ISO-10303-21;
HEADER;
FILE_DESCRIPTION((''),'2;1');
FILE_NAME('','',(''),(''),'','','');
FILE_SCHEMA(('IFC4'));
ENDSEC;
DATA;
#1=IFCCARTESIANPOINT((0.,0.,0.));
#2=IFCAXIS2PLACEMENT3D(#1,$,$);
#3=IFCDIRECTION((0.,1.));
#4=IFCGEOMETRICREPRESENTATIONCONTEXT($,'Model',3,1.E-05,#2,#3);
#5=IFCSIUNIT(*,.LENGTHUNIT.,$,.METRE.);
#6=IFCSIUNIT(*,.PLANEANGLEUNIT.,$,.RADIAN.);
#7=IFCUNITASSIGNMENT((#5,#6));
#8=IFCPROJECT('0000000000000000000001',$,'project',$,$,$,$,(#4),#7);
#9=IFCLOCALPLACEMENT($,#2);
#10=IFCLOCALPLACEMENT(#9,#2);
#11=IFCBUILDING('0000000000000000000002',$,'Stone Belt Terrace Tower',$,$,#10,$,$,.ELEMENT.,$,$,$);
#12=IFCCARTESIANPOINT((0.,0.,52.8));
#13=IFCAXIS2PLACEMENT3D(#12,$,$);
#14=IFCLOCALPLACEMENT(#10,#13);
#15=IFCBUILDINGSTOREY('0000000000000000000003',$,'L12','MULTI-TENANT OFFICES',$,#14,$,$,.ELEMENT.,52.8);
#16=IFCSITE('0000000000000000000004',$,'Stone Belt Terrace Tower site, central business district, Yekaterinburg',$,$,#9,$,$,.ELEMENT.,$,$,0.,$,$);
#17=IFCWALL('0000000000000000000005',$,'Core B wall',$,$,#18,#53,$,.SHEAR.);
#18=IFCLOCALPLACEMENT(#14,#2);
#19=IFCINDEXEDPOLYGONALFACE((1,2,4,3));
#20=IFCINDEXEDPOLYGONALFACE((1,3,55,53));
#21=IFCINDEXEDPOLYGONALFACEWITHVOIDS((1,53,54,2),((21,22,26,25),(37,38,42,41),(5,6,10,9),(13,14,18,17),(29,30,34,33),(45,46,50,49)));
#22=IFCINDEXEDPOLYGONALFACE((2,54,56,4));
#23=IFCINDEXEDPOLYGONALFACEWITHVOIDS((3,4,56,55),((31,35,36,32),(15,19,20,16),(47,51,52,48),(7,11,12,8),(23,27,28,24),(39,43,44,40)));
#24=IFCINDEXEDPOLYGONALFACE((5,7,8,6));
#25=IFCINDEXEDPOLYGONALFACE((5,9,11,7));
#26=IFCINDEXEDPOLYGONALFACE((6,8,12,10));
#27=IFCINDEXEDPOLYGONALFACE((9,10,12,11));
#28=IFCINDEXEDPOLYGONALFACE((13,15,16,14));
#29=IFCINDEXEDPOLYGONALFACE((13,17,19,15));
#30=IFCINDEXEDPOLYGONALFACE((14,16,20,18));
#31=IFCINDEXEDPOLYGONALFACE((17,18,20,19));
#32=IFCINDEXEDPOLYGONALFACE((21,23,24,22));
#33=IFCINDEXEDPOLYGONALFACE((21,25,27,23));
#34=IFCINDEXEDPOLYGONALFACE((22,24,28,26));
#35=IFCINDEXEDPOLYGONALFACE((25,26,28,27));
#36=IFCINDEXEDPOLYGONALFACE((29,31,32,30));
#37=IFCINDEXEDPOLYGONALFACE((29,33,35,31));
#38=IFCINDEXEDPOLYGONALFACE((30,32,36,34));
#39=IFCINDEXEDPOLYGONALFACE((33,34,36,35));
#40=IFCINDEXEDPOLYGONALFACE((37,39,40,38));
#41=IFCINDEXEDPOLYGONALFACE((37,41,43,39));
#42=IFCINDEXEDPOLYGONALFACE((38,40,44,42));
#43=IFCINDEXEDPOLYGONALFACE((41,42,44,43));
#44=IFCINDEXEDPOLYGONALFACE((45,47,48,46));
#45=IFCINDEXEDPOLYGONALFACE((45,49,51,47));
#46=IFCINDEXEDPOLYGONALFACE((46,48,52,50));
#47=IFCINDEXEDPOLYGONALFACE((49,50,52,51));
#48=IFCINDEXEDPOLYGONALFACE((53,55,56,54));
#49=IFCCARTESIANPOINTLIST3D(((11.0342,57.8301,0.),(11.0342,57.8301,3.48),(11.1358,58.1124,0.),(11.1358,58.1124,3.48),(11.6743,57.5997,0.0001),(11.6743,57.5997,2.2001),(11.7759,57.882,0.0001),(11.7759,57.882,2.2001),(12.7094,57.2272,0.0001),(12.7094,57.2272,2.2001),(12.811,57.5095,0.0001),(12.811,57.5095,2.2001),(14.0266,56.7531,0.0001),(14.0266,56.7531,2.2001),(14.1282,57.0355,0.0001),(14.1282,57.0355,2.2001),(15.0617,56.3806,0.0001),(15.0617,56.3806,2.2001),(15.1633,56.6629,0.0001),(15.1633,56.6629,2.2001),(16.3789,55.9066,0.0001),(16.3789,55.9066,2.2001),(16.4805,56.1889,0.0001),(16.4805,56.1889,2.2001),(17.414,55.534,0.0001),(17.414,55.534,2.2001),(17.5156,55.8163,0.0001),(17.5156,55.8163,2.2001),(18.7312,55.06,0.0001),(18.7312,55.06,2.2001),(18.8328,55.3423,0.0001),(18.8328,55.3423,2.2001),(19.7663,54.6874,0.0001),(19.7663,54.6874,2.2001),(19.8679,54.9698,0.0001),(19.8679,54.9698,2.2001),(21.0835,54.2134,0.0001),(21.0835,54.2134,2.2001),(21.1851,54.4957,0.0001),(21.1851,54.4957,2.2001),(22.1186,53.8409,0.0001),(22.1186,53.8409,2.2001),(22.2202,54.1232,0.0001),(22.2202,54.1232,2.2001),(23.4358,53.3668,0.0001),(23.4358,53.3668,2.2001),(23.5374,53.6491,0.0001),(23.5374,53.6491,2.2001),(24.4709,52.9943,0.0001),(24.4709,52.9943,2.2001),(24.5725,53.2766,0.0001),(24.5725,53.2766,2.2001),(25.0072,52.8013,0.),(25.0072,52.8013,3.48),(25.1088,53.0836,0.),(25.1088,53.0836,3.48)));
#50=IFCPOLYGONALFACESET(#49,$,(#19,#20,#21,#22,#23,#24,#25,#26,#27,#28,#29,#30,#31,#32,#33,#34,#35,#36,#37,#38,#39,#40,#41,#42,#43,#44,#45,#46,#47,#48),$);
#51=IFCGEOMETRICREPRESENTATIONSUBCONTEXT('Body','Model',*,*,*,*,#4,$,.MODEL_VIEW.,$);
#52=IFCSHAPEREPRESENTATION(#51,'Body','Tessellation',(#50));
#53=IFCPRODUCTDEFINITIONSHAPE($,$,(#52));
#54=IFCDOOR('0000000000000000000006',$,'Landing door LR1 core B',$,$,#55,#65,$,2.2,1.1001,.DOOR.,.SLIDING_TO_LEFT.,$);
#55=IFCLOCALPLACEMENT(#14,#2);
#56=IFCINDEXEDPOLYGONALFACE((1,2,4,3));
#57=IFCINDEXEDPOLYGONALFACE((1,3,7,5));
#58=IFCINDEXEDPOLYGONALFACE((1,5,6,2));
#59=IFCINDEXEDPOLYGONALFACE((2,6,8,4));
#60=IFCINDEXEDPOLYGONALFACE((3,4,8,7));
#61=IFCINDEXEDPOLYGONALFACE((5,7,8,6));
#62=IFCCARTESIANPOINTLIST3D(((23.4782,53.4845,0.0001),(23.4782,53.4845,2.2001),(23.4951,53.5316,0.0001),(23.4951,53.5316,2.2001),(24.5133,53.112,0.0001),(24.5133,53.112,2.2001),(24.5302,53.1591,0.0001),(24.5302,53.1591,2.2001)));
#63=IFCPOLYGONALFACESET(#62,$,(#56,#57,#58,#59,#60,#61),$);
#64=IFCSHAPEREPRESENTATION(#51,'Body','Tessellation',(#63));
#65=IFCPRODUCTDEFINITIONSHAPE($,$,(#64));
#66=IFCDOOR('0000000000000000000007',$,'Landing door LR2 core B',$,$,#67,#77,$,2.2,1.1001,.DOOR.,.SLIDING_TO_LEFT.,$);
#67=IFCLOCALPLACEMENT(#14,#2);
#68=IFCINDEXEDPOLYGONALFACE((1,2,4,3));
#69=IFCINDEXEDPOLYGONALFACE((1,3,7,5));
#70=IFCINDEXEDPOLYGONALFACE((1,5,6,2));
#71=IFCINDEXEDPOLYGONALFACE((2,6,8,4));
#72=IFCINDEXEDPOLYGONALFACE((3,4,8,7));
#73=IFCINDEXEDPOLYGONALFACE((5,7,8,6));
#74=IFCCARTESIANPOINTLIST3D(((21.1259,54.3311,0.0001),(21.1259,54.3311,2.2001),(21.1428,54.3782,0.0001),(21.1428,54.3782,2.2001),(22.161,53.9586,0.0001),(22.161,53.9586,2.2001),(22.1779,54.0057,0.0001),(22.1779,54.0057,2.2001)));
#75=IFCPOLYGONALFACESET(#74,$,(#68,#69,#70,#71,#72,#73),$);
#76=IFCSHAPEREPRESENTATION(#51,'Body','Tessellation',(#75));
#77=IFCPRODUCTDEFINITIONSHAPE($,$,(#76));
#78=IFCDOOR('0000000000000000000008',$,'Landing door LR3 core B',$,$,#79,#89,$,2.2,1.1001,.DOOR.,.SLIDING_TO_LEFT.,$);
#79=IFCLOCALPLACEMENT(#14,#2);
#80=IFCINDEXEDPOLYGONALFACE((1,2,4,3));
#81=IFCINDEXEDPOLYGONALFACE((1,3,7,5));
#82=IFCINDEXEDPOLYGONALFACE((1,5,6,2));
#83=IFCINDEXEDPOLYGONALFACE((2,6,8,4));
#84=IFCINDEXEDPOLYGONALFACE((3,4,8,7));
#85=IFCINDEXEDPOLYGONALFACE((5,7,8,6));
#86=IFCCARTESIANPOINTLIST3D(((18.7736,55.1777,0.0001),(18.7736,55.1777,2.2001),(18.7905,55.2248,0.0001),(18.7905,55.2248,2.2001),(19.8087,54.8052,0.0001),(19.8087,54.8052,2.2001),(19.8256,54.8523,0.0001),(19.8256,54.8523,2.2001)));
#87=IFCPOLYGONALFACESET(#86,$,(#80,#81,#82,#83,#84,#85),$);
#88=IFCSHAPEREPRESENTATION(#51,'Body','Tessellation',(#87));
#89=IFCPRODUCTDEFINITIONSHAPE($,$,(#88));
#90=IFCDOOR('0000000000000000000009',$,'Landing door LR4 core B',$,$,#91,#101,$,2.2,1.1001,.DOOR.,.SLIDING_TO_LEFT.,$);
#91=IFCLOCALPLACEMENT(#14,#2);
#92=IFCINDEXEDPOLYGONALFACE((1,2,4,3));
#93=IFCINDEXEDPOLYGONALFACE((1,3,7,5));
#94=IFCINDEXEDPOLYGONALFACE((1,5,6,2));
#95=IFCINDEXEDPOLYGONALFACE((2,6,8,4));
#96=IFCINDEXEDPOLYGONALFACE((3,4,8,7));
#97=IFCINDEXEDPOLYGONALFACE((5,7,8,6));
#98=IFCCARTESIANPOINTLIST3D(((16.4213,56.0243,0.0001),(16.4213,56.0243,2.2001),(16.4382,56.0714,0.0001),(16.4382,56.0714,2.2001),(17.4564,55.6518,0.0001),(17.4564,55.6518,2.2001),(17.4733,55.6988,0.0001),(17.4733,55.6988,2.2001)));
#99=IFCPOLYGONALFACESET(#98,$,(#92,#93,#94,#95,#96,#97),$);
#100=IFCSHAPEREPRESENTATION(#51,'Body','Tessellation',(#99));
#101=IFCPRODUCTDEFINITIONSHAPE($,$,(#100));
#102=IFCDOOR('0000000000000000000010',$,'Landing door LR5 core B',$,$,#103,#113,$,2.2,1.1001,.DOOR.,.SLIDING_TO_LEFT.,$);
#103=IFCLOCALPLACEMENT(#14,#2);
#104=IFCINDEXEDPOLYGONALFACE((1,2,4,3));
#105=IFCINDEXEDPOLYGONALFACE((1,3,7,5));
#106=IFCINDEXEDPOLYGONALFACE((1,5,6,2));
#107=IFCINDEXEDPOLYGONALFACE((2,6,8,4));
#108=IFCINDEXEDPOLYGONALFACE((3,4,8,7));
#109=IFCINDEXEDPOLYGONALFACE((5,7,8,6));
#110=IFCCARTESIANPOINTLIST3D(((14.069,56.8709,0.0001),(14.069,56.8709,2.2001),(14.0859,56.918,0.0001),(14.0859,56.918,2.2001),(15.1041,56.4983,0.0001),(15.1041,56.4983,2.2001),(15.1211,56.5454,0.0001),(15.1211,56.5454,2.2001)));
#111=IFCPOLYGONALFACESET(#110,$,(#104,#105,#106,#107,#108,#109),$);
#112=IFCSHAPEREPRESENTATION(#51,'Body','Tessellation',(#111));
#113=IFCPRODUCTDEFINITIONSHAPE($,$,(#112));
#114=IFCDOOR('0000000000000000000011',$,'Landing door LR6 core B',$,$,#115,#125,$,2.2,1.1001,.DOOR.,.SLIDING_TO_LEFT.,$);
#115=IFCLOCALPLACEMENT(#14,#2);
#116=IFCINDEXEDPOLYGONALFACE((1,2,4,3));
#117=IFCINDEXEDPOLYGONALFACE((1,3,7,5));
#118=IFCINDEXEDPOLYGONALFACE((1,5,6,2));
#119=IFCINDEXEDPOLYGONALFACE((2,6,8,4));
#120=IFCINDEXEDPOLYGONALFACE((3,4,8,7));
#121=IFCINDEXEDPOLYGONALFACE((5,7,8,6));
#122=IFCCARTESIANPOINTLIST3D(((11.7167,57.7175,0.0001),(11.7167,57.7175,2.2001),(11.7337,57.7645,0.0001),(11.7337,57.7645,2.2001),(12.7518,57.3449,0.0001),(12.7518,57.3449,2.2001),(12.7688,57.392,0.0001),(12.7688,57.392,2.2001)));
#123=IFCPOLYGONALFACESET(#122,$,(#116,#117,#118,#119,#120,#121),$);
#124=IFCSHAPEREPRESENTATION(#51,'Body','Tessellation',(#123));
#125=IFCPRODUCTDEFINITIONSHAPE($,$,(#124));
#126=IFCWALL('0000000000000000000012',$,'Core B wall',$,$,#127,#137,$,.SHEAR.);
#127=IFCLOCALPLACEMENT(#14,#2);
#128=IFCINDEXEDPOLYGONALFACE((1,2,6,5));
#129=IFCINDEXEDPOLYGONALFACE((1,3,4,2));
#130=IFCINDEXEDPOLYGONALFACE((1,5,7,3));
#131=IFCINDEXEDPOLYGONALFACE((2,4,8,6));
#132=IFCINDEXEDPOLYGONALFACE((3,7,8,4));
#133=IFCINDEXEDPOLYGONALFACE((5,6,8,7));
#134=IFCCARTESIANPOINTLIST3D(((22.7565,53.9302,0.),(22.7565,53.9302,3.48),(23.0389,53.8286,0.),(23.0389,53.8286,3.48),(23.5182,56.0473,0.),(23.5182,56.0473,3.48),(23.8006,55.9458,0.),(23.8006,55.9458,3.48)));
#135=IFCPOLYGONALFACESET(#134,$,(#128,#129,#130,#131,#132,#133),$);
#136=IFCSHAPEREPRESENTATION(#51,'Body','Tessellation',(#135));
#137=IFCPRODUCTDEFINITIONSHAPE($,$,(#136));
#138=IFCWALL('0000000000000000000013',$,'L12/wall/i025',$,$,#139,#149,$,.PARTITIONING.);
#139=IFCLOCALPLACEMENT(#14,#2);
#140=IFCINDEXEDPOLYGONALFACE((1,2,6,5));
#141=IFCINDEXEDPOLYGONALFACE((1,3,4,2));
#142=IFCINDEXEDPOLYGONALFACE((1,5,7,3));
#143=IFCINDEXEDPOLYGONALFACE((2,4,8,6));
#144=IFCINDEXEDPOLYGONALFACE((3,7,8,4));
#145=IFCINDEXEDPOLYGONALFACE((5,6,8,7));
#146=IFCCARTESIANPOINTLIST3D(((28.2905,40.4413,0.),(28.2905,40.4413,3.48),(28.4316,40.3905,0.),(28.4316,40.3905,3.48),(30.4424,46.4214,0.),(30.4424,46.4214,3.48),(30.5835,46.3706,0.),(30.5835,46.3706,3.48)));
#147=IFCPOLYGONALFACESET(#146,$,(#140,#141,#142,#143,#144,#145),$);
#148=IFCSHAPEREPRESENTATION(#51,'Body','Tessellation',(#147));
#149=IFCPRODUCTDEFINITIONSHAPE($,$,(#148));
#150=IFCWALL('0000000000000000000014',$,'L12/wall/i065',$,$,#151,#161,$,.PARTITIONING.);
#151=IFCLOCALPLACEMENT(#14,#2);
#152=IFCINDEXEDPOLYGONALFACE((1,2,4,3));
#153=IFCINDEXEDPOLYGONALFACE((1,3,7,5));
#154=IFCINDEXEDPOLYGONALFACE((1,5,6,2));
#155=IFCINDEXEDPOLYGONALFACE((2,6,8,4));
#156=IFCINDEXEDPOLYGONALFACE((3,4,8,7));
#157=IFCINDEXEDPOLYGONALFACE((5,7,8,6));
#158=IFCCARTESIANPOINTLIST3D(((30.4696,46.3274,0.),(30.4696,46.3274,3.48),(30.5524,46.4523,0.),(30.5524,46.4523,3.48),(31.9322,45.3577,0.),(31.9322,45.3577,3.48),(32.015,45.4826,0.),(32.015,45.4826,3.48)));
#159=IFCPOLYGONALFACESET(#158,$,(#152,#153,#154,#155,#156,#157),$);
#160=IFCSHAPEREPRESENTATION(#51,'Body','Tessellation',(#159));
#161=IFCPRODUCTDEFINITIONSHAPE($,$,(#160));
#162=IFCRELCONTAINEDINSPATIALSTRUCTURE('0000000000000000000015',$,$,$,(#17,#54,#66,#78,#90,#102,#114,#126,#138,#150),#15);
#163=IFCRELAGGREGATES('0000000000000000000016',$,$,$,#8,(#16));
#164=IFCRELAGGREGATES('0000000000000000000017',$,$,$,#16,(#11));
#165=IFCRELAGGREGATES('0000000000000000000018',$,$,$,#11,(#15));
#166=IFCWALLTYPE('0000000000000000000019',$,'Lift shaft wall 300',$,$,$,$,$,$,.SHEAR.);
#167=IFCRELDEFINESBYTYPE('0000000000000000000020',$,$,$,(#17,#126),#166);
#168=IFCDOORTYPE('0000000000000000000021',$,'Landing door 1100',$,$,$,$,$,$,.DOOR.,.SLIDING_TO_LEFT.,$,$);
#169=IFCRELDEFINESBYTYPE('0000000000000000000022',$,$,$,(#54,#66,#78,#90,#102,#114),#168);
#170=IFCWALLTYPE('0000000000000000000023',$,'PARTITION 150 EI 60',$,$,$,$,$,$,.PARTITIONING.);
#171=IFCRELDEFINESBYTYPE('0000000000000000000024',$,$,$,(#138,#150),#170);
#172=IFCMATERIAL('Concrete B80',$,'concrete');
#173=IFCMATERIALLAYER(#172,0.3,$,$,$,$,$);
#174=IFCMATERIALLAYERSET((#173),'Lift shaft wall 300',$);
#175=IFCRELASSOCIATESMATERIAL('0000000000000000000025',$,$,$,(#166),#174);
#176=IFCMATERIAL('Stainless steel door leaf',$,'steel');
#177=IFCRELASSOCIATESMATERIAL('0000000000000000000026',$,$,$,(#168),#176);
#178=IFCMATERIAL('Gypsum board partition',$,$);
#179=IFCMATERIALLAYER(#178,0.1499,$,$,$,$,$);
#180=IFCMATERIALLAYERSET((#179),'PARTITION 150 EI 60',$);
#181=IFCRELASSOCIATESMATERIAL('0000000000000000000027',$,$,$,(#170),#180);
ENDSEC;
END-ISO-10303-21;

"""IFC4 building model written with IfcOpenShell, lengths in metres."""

from ifc_helpers import new_model, si_unit, direction, frame, frame_2d, origin, place, context, subcontext, project, spatial, rectangle, extrude, material, layer, layer_set, type_object, element, fill, save


model = new_model("IFC4")

# Units and contexts
model_context = context("Model", 3, precision=1e-05, world=origin(), true_north=direction((0.0, 1.0)))
body_context = subcontext(model_context, "Body", "Model", "MODEL_VIEW")
ifc_project = project(units=[si_unit("LENGTHUNIT", "METRE"), si_unit("PLANEANGLEUNIT", "RADIAN")], contexts=[model_context])

# Site, building, storey
site_placement = place(None, origin())
site = spatial("IfcSite", under=ifc_project, at=site_placement, Name="Stone Belt Terrace Tower site, central business district, Yekaterinburg", CompositionType="ELEMENT", RefElevation=0.0)
building_placement = place(site_placement, origin())
building = spatial("IfcBuilding", under=site, at=building_placement, Name="Stone Belt Terrace Tower", CompositionType="ELEMENT")
storey_placement = place(building_placement, frame((0.0, 0.0, 52.8)))
storey = spatial("IfcBuildingStorey", under=building, at=storey_placement, Name="L12", Description="MULTI-TENANT OFFICES", CompositionType="ELEMENT", Elevation=52.8)

# Shared definitions
ifc_material_1 = material(Name="Concrete B80", Category="concrete")

# Shared definitions
ifc_layer_1 = layer(ifc_material_1, 0.3)
ifc_layer_set_1 = layer_set([ifc_layer_1], Name="Lift shaft wall 300")
wall_type_1 = type_object("IfcWallType", Name="Lift shaft wall 300", PredefinedType="SHEAR", material=ifc_layer_set_1)
ifc_material_2 = material(Name="Stainless steel door leaf", Category="steel")

# Wall, openings, doors
wall_1_placement = place(storey_placement, frame((25.0581, 52.9424, 0.0), z_axis=(0.0, 0.0, 1.0), x_axis=(-0.940918, 0.338634, 0.0)))
wall_1 = element("IfcWall", 1, at=wall_1_placement, inside=storey, type_object=wall_type_1, Name="Core B wall", PredefinedType="SHEAR", context=body_context, shape_type="SweptSolid", body=[
    extrude(rectangle(XDim=14.8503, YDim=0.3, at=frame_2d((7.4253, 0.0))), origin(), (0.0, 0.0, 1.0), 3.48),
])
opening_1_placement = place(wall_1_placement, frame((0.5701, 0.0, 0.0)))
opening_1 = element("IfcOpeningElement", 2, at=opening_1_placement, cuts=wall_1, PredefinedType="OPENING", context=body_context, shape_type="SweptSolid", body=[
    extrude(rectangle(XDim=1.1001, YDim=2.2, at=frame_2d((0.55, 1.1001))), frame((0.0, 0.1599, 0.0), z_axis=(0.0, -1.0, 0.0), x_axis=(1.0, 0.0, 0.0)), (0.0, 0.0, 1.0), 0.3201),
])
opening_2_placement = place(wall_1_placement, frame((3.0701, 0.0, 0.0)))
opening_2 = element("IfcOpeningElement", 3, at=opening_2_placement, cuts=wall_1, PredefinedType="OPENING", context=body_context, shape_type="SweptSolid", body=[
    extrude(rectangle(XDim=1.1001, YDim=2.2, at=frame_2d((0.55, 1.1001))), frame((0.0, 0.1599, 0.0), z_axis=(0.0, -1.0, 0.0), x_axis=(1.0, 0.0, 0.0)), (0.0, 0.0, 1.0), 0.3201),
])
opening_3_placement = place(wall_1_placement, frame((5.5701, 0.0, 0.0)))
opening_3 = element("IfcOpeningElement", 4, at=opening_3_placement, cuts=wall_1, PredefinedType="OPENING", context=body_context, shape_type="SweptSolid", body=[
    extrude(rectangle(XDim=1.1001, YDim=2.2, at=frame_2d((0.55, 1.1001))), frame((0.0, 0.1599, 0.0), z_axis=(0.0, -1.0, 0.0), x_axis=(1.0, 0.0, 0.0)), (0.0, 0.0, 1.0), 0.3201),
])
opening_4_placement = place(wall_1_placement, frame((8.0701, 0.0, 0.0)))
opening_4 = element("IfcOpeningElement", 5, at=opening_4_placement, cuts=wall_1, PredefinedType="OPENING", context=body_context, shape_type="SweptSolid", body=[
    extrude(rectangle(XDim=1.1001, YDim=2.2, at=frame_2d((0.55, 1.1001))), frame((0.0, 0.1599, 0.0), z_axis=(0.0, -1.0, 0.0), x_axis=(1.0, 0.0, 0.0)), (0.0, 0.0, 1.0), 0.3201),
])
opening_5_placement = place(wall_1_placement, frame((10.5701, 0.0, 0.0)))
opening_5 = element("IfcOpeningElement", 6, at=opening_5_placement, cuts=wall_1, PredefinedType="OPENING", context=body_context, shape_type="SweptSolid", body=[
    extrude(rectangle(XDim=1.1001, YDim=2.2, at=frame_2d((0.55, 1.1001))), frame((0.0, 0.1599, 0.0), z_axis=(0.0, -1.0, 0.0), x_axis=(1.0, 0.0, 0.0)), (0.0, 0.0, 1.0), 0.3201),
])
opening_6_placement = place(wall_1_placement, frame((13.0701, 0.0, 0.0)))
opening_6 = element("IfcOpeningElement", 7, at=opening_6_placement, cuts=wall_1, PredefinedType="OPENING", context=body_context, shape_type="SweptSolid", body=[
    extrude(rectangle(XDim=1.1001, YDim=2.2, at=frame_2d((0.55, 1.1001))), frame((0.0, 0.1599, 0.0), z_axis=(0.0, -1.0, 0.0), x_axis=(1.0, 0.0, 0.0)), (0.0, 0.0, 1.0), 0.3201),
])
door_type_1 = type_object("IfcDoorType", Name="Landing door 1100", OperationType="SLIDING_TO_LEFT", PredefinedType="DOOR", material=ifc_material_2)
door_1_placement = place(opening_1_placement, origin())
door_1 = element("IfcDoor", 8, at=door_1_placement, inside=storey, type_object=door_type_1, Name="Landing door LR1 core B", OperationType="SLIDING_TO_LEFT", OverallHeight=2.2, OverallWidth=1.1001, PredefinedType="DOOR", context=body_context, shape_type="SweptSolid", body=[
    extrude(rectangle(XDim=1.1001, YDim=2.2, at=frame_2d((0.55, 1.1001))), frame((0.0, 0.0249, 0.0), z_axis=(0.0, -1.0, 0.0), x_axis=(1.0, 0.0, 0.0)), (0.0, 0.0, 1.0), 0.05),
])
fill(opening_1, door_1)
door_2_placement = place(opening_2_placement, origin())
door_2 = element("IfcDoor", 9, at=door_2_placement, inside=storey, type_object=door_type_1, Name="Landing door LR2 core B", OperationType="SLIDING_TO_LEFT", OverallHeight=2.2, OverallWidth=1.1001, PredefinedType="DOOR", context=body_context, shape_type="SweptSolid", body=[
    extrude(rectangle(XDim=1.1001, YDim=2.2, at=frame_2d((0.55, 1.1001))), frame((0.0, 0.0249, 0.0), z_axis=(0.0, -1.0, 0.0), x_axis=(1.0, 0.0, 0.0)), (0.0, 0.0, 1.0), 0.05),
])
fill(opening_2, door_2)
door_3_placement = place(opening_3_placement, origin())
door_3 = element("IfcDoor", 10, at=door_3_placement, inside=storey, type_object=door_type_1, Name="Landing door LR3 core B", OperationType="SLIDING_TO_LEFT", OverallHeight=2.2, OverallWidth=1.1001, PredefinedType="DOOR", context=body_context, shape_type="SweptSolid", body=[
    extrude(rectangle(XDim=1.1001, YDim=2.2, at=frame_2d((0.55, 1.1001))), frame((0.0, 0.0249, 0.0), z_axis=(0.0, -1.0, 0.0), x_axis=(1.0, 0.0, 0.0)), (0.0, 0.0, 1.0), 0.05),
])
fill(opening_3, door_3)
door_4_placement = place(opening_4_placement, origin())
door_4 = element("IfcDoor", 11, at=door_4_placement, inside=storey, type_object=door_type_1, Name="Landing door LR4 core B", OperationType="SLIDING_TO_LEFT", OverallHeight=2.2, OverallWidth=1.1001, PredefinedType="DOOR", context=body_context, shape_type="SweptSolid", body=[
    extrude(rectangle(XDim=1.1001, YDim=2.2, at=frame_2d((0.55, 1.1001))), frame((0.0, 0.0249, 0.0), z_axis=(0.0, -1.0, 0.0), x_axis=(1.0, 0.0, 0.0)), (0.0, 0.0, 1.0), 0.05),
])
fill(opening_4, door_4)
door_5_placement = place(opening_5_placement, origin())
door_5 = element("IfcDoor", 12, at=door_5_placement, inside=storey, type_object=door_type_1, Name="Landing door LR5 core B", OperationType="SLIDING_TO_LEFT", OverallHeight=2.2, OverallWidth=1.1001, PredefinedType="DOOR", context=body_context, shape_type="SweptSolid", body=[
    extrude(rectangle(XDim=1.1001, YDim=2.2, at=frame_2d((0.55, 1.1001))), frame((0.0, 0.0249, 0.0), z_axis=(0.0, -1.0, 0.0), x_axis=(1.0, 0.0, 0.0)), (0.0, 0.0, 1.0), 0.05),
])
fill(opening_5, door_5)
door_6_placement = place(opening_6_placement, origin())
door_6 = element("IfcDoor", 13, at=door_6_placement, inside=storey, type_object=door_type_1, Name="Landing door LR6 core B", OperationType="SLIDING_TO_LEFT", OverallHeight=2.2, OverallWidth=1.1001, PredefinedType="DOOR", context=body_context, shape_type="SweptSolid", body=[
    extrude(rectangle(XDim=1.1001, YDim=2.2, at=frame_2d((0.55, 1.1001))), frame((0.0, 0.0249, 0.0), z_axis=(0.0, -1.0, 0.0), x_axis=(1.0, 0.0, 0.0)), (0.0, 0.0, 1.0), 0.05),
])
fill(opening_6, door_6)

# Walls
wall_2_placement = place(storey_placement, frame((22.8977, 53.8794, 0.0), z_axis=(0.0, 0.0, 1.0), x_axis=(0.338535, 0.940954, 0.0)))
element("IfcWall", 14, at=wall_2_placement, inside=storey, type_object=wall_type_1, Name="Core B wall", PredefinedType="SHEAR", context=body_context, shape_type="SweptSolid", body=[
    extrude(rectangle(XDim=2.25, YDim=0.3, at=frame_2d((1.125, 0.0))), origin(), (0.0, 0.0, 1.0), 3.48),
])
ifc_material_3 = material(Name="Gypsum board partition")
ifc_layer_2 = layer(ifc_material_3, 0.1499)
ifc_layer_set_2 = layer_set([ifc_layer_2], Name="PARTITION 150 EI 60")
wall_type_2 = type_object("IfcWallType", Name="PARTITION 150 EI 60", PredefinedType="PARTITIONING", material=ifc_layer_set_2)
wall_3_placement = place(storey_placement, frame((30.5129, 46.396, 0.0), z_axis=(0.0, 0.0, 1.0), x_axis=(-0.338589, -0.940934, 0.0)))
element("IfcWall", 15, at=wall_3_placement, inside=storey, type_object=wall_type_2, Name="L12/wall/i025", PredefinedType="PARTITIONING", context=body_context, shape_type="SweptSolid", body=[
    extrude(rectangle(XDim=6.3555, YDim=0.1499, at=frame_2d((3.1777, 0.0))), origin(), (0.0, 0.0, 1.0), 3.48),
])
wall_4_placement = place(storey_placement, frame((31.9736, 45.4202, 0.0), z_axis=(0.0, 0.0, 1.0), x_axis=(-0.83346, 0.55258, 0.0)))
element("IfcWall", 16, at=wall_4_placement, inside=storey, type_object=wall_type_2, Name="L12/wall/i065", PredefinedType="PARTITIONING", context=body_context, shape_type="SweptSolid", body=[
    extrude(rectangle(XDim=1.7549, YDim=0.1499, at=frame_2d((0.8774, 0.0))), origin(), (0.0, 0.0, 1.0), 3.48),
])

save(model, "model.ifc")
